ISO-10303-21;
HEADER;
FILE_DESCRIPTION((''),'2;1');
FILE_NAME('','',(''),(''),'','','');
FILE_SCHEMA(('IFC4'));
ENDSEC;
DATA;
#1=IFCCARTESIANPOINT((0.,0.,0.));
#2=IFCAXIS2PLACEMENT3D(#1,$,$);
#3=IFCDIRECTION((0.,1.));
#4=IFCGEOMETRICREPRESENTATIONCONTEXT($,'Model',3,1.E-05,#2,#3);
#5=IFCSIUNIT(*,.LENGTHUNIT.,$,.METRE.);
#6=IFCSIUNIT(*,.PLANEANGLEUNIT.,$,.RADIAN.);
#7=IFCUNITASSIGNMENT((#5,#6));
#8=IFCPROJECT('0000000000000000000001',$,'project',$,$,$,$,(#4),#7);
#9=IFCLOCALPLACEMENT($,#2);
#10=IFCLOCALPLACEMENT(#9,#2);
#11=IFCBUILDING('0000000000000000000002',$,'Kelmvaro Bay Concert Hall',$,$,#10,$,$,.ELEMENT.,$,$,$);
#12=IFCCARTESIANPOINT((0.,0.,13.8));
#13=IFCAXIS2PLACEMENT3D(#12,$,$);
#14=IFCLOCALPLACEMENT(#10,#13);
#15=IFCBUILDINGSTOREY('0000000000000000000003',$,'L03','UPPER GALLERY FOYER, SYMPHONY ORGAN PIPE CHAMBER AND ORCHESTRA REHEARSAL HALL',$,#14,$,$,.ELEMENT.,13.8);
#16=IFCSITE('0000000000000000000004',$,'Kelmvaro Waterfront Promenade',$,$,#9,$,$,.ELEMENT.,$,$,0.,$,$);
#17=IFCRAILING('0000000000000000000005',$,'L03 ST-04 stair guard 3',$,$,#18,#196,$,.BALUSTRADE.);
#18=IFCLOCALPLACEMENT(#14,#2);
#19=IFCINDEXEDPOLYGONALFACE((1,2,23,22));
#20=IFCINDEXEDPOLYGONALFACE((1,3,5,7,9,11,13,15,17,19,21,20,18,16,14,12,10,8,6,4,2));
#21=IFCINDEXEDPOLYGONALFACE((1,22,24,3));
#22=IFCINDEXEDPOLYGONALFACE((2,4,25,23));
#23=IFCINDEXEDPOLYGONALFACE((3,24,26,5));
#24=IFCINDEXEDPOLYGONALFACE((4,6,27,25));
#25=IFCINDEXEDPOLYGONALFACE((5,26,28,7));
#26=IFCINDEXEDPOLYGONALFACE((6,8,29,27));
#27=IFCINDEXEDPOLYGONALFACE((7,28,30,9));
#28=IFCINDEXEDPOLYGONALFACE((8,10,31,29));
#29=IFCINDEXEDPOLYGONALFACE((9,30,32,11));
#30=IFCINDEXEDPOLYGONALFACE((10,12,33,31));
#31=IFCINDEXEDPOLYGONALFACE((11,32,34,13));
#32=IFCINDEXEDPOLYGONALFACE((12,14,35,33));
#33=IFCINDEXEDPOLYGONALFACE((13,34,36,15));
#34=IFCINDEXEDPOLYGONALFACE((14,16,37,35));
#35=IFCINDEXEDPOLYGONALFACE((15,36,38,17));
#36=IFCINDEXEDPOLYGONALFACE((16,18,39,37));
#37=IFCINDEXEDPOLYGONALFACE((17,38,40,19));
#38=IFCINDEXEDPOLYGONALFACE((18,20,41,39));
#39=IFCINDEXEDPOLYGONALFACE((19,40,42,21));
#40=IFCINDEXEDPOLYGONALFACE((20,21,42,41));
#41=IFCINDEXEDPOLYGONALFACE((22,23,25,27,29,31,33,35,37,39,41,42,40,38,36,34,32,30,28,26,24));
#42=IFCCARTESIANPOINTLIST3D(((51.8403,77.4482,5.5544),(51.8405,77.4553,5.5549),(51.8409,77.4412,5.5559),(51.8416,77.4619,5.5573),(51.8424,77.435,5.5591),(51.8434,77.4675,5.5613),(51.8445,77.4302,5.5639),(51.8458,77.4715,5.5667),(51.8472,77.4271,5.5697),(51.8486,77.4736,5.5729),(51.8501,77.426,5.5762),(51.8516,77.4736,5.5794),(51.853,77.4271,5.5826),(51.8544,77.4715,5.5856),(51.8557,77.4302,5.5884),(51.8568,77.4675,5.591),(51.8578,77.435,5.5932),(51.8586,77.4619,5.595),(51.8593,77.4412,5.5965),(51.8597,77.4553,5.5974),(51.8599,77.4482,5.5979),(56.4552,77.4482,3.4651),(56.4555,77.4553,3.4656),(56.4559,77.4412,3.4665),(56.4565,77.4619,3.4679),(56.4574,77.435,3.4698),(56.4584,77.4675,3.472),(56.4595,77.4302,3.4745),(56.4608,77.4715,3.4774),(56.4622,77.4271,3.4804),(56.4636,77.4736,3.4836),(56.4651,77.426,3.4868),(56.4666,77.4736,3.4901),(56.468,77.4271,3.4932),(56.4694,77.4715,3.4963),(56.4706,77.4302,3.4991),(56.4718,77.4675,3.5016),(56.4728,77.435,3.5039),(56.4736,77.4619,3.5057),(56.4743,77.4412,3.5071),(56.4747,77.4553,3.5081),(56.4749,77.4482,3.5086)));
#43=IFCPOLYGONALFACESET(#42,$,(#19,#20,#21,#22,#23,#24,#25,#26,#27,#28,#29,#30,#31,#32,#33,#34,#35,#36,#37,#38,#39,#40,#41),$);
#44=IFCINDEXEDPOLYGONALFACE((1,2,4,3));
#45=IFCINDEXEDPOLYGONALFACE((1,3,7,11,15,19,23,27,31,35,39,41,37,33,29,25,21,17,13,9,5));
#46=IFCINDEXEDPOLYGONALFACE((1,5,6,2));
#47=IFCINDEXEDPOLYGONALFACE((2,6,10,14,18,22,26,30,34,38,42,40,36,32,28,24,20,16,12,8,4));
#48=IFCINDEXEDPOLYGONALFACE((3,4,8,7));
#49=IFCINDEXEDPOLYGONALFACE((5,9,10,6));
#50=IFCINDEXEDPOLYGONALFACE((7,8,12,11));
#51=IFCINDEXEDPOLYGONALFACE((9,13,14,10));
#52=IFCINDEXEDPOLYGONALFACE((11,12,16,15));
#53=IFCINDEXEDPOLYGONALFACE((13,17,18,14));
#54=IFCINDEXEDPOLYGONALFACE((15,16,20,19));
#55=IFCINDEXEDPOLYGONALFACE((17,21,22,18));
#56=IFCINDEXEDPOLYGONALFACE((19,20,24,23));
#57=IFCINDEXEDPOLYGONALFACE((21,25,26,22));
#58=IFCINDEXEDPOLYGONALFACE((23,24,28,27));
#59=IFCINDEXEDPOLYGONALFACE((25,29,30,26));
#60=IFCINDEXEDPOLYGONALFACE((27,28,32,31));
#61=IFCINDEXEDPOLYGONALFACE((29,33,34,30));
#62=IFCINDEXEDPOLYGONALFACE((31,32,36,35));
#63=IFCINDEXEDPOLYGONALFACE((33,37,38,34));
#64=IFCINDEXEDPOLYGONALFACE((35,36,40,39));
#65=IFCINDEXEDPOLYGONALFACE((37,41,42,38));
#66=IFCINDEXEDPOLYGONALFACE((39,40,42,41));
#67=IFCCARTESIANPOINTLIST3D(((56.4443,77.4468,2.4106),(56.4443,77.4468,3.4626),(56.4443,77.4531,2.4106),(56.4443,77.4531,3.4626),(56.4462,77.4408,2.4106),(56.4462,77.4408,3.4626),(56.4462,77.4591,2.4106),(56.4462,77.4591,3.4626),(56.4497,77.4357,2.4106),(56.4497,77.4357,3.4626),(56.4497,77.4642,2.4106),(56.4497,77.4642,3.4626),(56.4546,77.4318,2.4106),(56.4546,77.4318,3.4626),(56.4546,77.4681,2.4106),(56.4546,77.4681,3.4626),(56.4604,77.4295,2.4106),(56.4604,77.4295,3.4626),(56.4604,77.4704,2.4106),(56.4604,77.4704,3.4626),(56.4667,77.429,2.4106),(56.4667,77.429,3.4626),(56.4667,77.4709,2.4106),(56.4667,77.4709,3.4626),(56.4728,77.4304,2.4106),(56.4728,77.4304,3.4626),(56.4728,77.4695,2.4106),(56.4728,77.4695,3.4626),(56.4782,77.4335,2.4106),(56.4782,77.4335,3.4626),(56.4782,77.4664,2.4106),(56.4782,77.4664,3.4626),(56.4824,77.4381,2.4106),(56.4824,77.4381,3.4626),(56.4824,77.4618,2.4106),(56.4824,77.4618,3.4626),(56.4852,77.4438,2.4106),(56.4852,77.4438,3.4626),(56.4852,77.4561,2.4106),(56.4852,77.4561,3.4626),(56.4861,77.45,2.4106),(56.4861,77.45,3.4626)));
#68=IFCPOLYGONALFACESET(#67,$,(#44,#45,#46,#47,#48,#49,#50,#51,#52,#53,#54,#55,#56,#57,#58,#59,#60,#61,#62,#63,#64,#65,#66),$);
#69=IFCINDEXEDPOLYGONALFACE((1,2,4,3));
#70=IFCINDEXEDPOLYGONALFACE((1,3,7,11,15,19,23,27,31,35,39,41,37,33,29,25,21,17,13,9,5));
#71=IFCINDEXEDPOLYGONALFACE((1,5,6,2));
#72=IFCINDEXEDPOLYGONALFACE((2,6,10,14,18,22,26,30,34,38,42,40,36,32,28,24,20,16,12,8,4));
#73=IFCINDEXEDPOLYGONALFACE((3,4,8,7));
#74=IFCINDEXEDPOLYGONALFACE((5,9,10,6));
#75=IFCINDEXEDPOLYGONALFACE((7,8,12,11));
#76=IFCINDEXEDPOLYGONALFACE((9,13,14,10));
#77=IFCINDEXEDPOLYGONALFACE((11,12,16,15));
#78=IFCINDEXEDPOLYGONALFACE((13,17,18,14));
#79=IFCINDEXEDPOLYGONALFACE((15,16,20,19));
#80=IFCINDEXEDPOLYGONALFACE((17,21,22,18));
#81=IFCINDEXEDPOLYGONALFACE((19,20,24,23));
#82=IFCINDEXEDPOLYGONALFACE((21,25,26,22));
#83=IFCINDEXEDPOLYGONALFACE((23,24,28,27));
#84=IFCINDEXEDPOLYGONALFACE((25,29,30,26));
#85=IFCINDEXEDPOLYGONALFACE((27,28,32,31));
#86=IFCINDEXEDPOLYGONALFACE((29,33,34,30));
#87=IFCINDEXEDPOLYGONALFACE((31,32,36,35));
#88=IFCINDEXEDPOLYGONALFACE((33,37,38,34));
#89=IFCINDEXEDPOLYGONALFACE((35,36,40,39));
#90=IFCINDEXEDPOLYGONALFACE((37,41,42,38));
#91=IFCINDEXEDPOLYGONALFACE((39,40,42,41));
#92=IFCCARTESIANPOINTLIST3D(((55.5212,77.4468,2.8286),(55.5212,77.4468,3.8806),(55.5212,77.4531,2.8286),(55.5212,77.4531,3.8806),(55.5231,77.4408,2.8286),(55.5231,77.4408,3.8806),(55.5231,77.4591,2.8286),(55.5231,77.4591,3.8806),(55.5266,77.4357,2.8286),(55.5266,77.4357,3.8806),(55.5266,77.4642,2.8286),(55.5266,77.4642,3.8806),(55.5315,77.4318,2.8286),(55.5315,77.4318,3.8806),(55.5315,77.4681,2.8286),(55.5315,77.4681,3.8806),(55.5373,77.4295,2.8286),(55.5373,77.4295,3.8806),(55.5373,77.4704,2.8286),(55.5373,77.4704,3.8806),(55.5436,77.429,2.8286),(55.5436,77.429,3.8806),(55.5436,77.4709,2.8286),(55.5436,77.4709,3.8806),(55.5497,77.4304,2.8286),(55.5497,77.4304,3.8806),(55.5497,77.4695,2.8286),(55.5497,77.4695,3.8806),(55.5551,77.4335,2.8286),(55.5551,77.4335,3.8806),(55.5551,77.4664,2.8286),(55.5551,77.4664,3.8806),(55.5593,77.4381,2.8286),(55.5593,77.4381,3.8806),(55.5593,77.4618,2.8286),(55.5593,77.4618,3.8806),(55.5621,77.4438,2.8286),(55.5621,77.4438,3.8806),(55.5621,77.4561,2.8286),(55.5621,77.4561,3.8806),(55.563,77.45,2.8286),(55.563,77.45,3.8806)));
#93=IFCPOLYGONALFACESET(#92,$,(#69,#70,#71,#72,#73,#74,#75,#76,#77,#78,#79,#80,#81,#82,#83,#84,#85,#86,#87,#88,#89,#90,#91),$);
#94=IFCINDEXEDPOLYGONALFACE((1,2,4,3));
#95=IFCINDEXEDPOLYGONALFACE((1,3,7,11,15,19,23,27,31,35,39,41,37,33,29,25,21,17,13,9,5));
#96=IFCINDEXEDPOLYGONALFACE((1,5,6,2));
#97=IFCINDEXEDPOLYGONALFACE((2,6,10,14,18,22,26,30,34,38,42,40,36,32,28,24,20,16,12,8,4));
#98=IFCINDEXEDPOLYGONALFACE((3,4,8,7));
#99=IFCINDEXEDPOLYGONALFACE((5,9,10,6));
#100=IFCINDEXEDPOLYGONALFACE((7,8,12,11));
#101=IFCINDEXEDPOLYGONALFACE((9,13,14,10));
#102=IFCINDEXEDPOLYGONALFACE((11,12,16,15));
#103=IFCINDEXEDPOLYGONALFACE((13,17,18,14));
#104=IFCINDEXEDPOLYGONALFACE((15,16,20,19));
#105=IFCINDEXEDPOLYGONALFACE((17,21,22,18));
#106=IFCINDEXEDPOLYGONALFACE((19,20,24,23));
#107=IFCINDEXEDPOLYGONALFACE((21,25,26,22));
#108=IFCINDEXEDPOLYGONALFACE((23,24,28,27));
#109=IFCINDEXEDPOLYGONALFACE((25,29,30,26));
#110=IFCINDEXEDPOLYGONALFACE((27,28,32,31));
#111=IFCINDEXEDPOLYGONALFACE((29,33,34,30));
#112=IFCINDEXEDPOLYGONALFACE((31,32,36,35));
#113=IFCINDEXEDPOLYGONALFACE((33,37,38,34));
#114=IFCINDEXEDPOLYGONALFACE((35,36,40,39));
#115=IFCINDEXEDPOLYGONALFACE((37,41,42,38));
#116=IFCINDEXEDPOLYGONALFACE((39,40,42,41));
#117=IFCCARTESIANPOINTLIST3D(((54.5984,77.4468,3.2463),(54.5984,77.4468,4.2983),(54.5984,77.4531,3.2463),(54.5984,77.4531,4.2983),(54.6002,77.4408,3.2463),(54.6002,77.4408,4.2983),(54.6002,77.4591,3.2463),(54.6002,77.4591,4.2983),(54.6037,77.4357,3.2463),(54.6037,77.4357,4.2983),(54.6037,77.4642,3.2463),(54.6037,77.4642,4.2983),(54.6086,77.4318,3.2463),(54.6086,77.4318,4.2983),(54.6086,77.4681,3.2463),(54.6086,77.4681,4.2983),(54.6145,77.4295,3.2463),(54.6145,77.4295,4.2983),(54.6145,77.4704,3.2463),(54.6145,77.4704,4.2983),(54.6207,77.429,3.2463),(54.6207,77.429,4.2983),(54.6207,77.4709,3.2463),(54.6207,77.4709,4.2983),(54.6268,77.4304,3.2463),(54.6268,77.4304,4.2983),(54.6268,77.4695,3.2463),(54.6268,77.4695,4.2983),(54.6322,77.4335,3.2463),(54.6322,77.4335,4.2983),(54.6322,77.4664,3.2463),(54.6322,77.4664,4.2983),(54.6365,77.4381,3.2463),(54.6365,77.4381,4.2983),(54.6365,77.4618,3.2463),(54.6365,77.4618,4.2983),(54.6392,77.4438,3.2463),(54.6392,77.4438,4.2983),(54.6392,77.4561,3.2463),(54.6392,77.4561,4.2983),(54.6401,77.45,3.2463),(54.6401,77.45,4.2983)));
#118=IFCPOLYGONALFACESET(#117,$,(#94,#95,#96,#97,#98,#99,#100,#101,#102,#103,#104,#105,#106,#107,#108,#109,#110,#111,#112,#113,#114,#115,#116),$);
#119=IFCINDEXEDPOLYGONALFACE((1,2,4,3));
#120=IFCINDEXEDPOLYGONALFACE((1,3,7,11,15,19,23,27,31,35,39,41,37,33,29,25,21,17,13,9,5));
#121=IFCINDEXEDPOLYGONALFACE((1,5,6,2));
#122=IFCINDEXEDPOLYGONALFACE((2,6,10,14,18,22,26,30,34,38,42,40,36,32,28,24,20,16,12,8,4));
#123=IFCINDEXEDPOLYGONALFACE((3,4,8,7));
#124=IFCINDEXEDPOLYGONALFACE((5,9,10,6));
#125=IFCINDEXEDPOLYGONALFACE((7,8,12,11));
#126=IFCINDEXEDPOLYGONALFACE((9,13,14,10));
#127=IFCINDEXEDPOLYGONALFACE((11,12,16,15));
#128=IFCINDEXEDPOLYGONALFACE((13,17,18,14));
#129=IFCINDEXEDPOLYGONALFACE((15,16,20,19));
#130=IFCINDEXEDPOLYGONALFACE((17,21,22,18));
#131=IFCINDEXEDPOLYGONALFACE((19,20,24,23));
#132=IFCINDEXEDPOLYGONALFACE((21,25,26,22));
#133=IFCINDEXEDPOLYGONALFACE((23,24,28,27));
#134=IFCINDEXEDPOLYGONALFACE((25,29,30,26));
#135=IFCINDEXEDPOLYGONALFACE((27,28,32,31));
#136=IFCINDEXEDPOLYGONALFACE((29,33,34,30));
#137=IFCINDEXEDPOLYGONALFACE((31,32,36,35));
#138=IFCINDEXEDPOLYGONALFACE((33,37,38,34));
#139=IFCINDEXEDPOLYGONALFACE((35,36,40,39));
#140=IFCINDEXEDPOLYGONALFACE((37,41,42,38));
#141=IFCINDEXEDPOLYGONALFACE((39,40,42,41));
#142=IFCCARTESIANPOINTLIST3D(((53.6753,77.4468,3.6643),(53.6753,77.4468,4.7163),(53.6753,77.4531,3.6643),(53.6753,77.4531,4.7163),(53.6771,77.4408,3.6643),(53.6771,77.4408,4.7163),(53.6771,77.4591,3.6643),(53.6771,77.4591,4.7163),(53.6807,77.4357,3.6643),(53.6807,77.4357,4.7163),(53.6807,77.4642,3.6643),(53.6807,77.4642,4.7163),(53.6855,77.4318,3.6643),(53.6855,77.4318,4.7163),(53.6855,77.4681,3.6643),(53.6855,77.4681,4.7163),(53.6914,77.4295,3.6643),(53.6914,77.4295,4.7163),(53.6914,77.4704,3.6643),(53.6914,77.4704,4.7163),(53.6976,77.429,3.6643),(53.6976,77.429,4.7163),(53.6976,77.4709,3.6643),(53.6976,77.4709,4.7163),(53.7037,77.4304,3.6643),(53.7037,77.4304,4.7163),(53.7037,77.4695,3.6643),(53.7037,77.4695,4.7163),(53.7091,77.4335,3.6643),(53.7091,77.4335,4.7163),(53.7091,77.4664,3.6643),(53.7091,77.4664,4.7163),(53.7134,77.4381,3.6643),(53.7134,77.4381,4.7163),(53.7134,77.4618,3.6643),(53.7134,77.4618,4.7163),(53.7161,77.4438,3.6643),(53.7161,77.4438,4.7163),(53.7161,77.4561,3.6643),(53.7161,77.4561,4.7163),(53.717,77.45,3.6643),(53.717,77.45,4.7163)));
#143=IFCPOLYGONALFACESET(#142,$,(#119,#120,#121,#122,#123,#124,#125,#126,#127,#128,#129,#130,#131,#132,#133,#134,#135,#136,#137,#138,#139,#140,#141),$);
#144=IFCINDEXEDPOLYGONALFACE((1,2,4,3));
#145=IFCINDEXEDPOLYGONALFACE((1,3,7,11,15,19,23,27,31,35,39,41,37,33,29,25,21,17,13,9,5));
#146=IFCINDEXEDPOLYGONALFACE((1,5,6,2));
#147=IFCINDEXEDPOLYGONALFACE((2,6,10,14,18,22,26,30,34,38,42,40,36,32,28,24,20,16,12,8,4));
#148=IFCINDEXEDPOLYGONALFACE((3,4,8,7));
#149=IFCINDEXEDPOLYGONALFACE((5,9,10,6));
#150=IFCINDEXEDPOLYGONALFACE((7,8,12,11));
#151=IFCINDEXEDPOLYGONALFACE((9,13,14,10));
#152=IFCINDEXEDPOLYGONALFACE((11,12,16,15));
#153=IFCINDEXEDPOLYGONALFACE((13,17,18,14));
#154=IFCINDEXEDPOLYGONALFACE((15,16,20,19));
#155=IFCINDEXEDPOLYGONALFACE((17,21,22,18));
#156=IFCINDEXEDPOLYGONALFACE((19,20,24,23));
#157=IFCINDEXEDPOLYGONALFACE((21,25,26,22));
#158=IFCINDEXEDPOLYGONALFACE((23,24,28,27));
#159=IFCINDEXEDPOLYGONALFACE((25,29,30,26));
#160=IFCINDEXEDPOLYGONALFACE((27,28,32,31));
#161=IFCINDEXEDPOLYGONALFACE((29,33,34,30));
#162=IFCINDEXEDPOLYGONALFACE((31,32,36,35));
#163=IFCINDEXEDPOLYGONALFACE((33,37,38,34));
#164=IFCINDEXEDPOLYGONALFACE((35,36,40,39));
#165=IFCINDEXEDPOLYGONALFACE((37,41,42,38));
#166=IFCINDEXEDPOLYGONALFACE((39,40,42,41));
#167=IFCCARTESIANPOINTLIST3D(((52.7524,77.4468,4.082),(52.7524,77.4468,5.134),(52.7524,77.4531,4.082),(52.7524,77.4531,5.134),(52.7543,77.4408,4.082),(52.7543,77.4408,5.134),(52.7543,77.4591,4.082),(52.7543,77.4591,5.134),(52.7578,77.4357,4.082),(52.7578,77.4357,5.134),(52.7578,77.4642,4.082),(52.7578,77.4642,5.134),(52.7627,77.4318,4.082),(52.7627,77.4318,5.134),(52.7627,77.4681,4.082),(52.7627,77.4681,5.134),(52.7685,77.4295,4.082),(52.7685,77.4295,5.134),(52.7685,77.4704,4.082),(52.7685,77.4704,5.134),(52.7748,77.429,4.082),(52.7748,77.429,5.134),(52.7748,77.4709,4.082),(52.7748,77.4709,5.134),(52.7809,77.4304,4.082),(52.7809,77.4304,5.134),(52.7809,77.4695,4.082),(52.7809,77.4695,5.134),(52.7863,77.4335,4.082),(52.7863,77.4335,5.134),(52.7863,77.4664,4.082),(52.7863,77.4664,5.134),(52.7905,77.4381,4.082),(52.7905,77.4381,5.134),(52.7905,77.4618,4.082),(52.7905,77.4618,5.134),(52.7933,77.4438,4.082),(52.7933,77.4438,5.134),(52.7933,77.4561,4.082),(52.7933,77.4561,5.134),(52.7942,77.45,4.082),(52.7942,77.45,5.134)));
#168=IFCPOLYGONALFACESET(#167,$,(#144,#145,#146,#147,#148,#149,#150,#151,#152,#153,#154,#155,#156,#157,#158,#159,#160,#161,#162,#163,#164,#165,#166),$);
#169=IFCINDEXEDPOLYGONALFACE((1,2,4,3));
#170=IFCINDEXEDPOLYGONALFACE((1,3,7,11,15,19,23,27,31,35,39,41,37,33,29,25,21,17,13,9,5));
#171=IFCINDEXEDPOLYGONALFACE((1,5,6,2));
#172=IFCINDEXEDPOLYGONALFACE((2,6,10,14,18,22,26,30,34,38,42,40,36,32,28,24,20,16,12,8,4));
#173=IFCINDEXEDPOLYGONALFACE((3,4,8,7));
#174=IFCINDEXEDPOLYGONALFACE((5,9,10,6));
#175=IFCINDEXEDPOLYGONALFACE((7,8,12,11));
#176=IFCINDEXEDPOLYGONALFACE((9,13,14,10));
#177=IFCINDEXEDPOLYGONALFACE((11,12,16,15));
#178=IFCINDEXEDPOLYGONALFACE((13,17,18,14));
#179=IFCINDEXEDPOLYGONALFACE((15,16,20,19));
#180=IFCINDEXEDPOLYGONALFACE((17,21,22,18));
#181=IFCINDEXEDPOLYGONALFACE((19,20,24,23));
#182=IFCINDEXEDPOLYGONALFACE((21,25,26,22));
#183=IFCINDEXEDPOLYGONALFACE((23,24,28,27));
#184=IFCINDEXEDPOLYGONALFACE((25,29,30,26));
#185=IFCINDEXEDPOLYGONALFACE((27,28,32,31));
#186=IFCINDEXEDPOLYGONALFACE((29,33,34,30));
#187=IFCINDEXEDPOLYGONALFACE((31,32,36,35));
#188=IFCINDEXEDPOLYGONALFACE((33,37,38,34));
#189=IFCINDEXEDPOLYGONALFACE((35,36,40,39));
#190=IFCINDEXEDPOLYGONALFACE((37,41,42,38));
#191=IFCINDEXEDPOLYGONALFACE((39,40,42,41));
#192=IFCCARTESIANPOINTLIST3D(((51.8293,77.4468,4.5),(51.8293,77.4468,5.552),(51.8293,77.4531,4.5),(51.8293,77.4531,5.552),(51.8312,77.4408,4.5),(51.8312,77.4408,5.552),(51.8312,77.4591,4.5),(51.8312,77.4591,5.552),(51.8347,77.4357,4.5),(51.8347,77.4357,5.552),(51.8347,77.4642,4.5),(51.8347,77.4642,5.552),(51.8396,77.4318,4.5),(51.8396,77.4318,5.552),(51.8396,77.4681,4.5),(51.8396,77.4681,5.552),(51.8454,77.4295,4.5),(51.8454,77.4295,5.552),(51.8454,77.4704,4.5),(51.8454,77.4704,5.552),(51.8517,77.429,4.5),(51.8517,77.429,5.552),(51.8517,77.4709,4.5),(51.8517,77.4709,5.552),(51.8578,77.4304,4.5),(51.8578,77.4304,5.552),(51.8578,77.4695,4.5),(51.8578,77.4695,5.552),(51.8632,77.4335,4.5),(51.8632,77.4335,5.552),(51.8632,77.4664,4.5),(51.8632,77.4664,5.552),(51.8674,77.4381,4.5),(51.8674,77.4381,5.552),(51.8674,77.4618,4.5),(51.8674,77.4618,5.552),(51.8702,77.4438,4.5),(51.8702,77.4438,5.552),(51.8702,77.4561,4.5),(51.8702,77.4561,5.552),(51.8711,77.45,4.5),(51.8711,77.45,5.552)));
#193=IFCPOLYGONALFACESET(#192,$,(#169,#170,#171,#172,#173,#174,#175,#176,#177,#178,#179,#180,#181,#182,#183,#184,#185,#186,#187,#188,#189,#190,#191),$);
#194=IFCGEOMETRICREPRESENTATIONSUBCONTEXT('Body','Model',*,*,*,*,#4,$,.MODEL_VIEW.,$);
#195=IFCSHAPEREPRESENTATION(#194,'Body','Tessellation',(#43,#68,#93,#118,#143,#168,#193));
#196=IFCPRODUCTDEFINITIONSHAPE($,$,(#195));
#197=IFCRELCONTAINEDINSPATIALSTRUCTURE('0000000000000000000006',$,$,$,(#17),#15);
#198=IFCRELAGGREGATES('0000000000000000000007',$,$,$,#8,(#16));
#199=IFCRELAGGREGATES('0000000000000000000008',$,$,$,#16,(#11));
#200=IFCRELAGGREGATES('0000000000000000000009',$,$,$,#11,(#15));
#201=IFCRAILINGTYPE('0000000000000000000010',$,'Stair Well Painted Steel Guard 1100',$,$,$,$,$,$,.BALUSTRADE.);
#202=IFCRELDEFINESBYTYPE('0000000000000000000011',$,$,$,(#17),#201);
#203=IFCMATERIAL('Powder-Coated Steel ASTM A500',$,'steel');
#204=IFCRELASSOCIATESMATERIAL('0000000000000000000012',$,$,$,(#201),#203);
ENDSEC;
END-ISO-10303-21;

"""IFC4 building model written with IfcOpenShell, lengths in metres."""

from ifc_helpers import new_model, si_unit, direction, frame, origin, origin_2d, place, context, subcontext, project, spatial, circle, extrude, material, type_object, element, save


model = new_model("IFC4")

# Units and contexts
model_context = context("Model", 3, precision=1e-05, world=origin(), true_north=direction((0.0, 1.0)))
body_context = subcontext(model_context, "Body", "Model", "MODEL_VIEW")
ifc_project = project(units=[si_unit("LENGTHUNIT", "METRE"), si_unit("PLANEANGLEUNIT", "RADIAN")], contexts=[model_context])

# Site, building, storey
site_placement = place(None, origin())
site = spatial("IfcSite", under=ifc_project, at=site_placement, Name="Kelmvaro Waterfront Promenade", CompositionType="ELEMENT", RefElevation=0.0)
building_placement = place(site_placement, origin())
building = spatial("IfcBuilding", under=site, at=building_placement, Name="Kelmvaro Bay Concert Hall", CompositionType="ELEMENT")
storey_placement = place(building_placement, frame((0.0, 0.0, 13.8)))
storey = spatial("IfcBuildingStorey", under=building, at=storey_placement, Name="L03", Description="UPPER GALLERY FOYER, SYMPHONY ORGAN PIPE CHAMBER AND ORCHESTRA REHEARSAL HALL", CompositionType="ELEMENT", Elevation=13.8)

# Railing
ifc_material_1 = material(Name="Powder-Coated Steel ASTM A500", Category="steel")
railing_type_1 = type_object("IfcRailingType", Name="Stair Well Painted Steel Guard 1100", PredefinedType="BALUSTRADE", material=ifc_material_1)
railing_1_placement = place(storey_placement, frame((56.4651, 77.45, 2.4106)))
element("IfcRailing", 1, at=railing_1_placement, inside=storey, type_object=railing_type_1, Name="L03 ST-04 stair guard 3", PredefinedType="BALUSTRADE", context=body_context, shape_type="SweptSolid", body=[
    extrude(circle(Radius=0.0239, at=origin_2d()), frame((0.0, 0.0, 1.0762), z_axis=(-0.910988, 0.0, 0.412434), x_axis=(0.0, -1.0, 0.0)), (0.0, 0.0, 1.0), 5.0659),
    extrude(circle(Radius=0.021, at=origin_2d()), origin(), (0.0, 0.0, 1.0), 1.052),
    extrude(circle(Radius=0.021, at=origin_2d()), frame((-0.9231, 0.0, 0.418)), (0.0, 0.0, 1.0), 1.052),
    extrude(circle(Radius=0.021, at=origin_2d()), frame((-1.8459, 0.0, 0.8357)), (0.0, 0.0, 1.0), 1.052),
    extrude(circle(Radius=0.021, at=origin_2d()), frame((-2.769, 0.0, 1.2537)), (0.0, 0.0, 1.0), 1.052),
    extrude(circle(Radius=0.021, at=origin_2d()), frame((-3.6919, 0.0, 1.6714)), (0.0, 0.0, 1.0), 1.052),
    extrude(circle(Radius=0.021, at=origin_2d()), frame((-4.615, 0.0, 2.0894)), (0.0, 0.0, 1.0), 1.052),
])

save(model, "model.ifc")
